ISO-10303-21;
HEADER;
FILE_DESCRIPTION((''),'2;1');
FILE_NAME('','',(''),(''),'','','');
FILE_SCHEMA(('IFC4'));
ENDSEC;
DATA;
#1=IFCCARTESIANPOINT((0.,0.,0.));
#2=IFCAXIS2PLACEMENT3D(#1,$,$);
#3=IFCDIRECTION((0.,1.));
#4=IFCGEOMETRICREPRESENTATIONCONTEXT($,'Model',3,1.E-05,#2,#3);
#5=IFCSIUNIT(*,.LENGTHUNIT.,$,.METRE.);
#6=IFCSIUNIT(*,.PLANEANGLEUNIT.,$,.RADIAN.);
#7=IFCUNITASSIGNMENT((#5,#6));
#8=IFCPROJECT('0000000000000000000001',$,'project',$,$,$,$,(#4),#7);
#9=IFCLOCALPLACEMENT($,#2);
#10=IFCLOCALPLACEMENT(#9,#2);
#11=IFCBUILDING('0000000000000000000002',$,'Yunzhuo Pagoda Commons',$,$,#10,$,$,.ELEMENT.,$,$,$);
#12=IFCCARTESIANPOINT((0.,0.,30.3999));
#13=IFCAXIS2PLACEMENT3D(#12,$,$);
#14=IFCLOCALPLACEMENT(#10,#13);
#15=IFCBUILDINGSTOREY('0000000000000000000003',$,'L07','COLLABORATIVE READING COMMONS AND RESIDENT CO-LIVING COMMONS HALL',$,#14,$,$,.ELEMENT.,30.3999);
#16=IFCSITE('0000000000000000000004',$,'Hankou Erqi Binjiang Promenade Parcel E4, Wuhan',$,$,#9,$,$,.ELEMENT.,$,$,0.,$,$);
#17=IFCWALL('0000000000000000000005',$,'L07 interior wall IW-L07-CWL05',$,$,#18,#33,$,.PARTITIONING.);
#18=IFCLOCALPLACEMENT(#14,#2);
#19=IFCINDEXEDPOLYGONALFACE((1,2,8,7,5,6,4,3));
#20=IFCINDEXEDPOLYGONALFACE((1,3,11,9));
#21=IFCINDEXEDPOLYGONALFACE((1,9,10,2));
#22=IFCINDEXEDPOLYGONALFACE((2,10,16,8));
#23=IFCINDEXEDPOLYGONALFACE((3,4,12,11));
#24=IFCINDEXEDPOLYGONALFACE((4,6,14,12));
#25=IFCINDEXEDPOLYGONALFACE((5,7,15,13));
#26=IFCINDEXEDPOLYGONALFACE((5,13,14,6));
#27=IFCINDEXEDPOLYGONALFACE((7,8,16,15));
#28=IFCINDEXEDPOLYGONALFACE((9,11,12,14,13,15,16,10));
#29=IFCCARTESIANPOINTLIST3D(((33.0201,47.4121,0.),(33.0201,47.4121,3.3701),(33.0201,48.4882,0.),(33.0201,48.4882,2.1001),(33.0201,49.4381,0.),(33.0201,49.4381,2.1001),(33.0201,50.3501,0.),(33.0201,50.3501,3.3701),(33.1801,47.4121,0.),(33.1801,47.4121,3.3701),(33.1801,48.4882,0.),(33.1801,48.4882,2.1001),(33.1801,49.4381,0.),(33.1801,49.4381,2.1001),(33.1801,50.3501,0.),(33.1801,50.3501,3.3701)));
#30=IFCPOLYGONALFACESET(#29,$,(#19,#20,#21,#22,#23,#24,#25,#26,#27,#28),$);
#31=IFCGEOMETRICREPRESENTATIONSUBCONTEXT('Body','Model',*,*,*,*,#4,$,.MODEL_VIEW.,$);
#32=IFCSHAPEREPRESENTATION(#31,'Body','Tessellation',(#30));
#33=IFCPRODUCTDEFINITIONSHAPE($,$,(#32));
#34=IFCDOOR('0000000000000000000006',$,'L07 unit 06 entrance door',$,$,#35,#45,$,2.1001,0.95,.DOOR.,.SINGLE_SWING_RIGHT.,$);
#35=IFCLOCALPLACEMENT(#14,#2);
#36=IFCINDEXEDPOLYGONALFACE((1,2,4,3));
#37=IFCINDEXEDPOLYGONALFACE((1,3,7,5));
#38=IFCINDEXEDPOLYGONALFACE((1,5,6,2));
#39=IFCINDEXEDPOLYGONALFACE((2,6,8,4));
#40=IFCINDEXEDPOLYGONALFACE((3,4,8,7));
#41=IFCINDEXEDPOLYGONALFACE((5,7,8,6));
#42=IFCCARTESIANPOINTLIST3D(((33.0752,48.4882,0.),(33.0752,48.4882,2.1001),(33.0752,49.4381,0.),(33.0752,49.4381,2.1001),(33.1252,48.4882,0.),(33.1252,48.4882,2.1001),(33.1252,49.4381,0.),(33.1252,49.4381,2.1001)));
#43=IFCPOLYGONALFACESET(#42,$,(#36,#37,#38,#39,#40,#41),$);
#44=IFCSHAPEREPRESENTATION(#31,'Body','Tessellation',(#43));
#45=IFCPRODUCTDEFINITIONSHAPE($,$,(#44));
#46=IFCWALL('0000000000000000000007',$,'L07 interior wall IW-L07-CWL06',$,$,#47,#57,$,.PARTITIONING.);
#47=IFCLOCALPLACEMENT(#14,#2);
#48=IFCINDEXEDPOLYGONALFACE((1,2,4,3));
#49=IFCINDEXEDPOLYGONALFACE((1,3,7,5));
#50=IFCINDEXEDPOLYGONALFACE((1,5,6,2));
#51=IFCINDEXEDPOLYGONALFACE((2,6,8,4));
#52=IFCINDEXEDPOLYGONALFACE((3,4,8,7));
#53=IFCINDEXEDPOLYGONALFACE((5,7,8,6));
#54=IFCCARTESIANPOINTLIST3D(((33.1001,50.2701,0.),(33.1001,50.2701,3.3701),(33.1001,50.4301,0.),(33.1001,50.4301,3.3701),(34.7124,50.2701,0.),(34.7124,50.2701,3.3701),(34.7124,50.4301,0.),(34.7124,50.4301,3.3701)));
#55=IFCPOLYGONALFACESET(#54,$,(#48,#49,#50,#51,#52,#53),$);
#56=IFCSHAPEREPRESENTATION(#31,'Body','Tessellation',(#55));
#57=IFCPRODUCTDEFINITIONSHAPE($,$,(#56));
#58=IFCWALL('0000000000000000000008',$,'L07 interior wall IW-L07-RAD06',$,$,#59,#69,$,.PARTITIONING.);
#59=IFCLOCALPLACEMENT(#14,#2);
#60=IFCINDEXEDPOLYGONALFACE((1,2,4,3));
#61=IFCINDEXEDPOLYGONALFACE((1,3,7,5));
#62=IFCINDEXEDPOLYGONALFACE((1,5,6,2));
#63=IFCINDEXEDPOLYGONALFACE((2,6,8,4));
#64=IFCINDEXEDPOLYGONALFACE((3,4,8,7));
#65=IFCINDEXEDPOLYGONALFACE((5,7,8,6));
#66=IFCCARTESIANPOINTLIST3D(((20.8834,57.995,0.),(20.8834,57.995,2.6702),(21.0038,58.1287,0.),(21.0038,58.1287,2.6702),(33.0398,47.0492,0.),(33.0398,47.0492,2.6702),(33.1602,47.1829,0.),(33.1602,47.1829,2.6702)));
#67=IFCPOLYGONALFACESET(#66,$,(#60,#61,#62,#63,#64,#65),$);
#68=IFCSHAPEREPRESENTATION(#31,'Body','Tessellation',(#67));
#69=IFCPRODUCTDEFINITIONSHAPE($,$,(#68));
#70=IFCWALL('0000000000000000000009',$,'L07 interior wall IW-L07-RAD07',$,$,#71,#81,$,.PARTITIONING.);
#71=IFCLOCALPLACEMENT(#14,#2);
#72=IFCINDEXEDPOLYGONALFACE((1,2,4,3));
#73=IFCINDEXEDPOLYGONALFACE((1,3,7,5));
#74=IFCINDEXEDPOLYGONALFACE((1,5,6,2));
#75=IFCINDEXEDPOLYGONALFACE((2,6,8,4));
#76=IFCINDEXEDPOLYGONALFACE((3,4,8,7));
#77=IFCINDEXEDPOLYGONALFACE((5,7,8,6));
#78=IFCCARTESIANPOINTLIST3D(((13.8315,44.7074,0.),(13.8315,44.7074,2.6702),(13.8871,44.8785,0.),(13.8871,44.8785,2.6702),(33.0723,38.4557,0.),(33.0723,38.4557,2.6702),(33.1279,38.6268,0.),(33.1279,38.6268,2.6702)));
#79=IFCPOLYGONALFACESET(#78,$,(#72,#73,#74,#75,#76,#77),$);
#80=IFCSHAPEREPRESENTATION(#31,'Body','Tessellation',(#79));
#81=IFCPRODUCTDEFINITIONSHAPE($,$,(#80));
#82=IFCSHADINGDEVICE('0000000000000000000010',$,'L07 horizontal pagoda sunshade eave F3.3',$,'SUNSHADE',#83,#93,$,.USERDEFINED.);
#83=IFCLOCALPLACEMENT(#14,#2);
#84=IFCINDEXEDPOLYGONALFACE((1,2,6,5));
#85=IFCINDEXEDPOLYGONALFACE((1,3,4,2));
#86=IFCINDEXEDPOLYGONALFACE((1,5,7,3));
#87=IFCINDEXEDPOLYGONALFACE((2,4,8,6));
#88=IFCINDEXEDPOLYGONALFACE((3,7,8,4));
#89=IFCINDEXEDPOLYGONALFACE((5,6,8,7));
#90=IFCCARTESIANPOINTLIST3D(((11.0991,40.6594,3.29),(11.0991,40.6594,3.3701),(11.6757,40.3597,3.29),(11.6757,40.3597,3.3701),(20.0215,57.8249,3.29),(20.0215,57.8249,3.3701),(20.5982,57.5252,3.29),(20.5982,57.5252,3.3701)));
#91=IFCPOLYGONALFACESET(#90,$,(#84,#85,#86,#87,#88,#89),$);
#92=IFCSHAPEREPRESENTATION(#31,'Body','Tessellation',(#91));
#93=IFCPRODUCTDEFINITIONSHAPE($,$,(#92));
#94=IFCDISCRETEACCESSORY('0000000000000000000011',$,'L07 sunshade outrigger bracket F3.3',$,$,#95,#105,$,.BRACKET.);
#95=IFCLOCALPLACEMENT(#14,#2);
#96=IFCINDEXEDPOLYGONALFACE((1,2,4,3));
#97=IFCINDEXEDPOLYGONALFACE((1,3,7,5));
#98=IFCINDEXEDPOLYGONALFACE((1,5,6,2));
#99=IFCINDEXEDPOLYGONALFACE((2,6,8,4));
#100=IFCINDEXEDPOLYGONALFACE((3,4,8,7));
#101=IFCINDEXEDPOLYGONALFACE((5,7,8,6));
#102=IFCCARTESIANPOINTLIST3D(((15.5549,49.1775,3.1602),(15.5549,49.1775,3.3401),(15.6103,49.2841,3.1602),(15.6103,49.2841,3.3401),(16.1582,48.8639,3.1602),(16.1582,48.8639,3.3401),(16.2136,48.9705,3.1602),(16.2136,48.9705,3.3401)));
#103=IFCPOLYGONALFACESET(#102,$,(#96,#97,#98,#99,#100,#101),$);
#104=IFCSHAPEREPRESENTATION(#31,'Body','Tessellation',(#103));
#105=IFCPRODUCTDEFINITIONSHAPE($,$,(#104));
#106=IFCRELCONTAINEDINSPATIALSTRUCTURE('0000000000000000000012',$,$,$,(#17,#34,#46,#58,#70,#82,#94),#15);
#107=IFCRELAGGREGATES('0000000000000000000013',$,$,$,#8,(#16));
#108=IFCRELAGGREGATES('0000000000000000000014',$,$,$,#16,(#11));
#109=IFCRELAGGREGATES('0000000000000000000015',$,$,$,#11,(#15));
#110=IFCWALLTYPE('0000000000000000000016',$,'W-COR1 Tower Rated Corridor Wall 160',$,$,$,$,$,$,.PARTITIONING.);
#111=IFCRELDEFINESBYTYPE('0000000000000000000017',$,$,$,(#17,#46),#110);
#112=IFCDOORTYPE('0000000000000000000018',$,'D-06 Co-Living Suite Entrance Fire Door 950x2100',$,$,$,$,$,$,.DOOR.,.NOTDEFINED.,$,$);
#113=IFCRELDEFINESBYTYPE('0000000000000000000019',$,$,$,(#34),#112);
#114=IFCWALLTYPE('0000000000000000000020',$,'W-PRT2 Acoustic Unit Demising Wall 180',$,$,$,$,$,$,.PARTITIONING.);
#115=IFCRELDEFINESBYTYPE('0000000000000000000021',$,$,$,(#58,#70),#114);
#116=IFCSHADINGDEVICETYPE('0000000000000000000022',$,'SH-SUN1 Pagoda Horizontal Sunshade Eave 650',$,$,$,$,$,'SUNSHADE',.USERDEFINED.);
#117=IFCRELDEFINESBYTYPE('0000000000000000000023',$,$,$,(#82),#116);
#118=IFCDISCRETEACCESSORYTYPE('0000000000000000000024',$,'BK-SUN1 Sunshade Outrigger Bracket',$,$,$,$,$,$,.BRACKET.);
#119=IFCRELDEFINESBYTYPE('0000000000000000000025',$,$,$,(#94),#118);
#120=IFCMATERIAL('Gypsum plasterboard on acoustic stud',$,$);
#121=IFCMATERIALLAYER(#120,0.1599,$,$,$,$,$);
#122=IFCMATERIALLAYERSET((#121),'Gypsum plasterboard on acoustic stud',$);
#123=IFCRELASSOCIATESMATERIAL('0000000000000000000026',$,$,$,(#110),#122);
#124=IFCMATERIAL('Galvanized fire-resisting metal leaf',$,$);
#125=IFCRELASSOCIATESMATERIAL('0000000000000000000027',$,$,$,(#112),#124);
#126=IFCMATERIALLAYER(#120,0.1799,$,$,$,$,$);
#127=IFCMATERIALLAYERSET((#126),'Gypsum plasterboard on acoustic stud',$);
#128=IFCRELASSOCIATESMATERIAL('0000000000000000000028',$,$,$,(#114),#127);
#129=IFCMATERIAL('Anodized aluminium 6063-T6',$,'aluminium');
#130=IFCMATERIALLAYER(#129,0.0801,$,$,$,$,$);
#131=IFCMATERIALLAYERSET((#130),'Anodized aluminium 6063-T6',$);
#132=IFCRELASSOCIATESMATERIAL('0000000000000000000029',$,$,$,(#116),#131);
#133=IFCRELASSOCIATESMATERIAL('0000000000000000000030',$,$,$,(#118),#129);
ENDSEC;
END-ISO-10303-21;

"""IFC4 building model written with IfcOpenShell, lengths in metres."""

from ifc_helpers import new_model, si_unit, direction, frame, frame_2d, origin, origin_with_axes, origin_2d, place, context, subcontext, project, spatial, rectangle, extrude, source, transform, mapped, material, layer, layer_set, type_object, element, fill, save


model = new_model("IFC4")

# Units and contexts
model_context = context("Model", 3, precision=1e-05, world=origin(), true_north=direction((0.0, 1.0)))
body_context = subcontext(model_context, "Body", "Model", "MODEL_VIEW")
ifc_project = project(units=[si_unit("LENGTHUNIT", "METRE"), si_unit("PLANEANGLEUNIT", "RADIAN")], contexts=[model_context])

# Site, building, storey
site_placement = place(None, origin())
site = spatial("IfcSite", under=ifc_project, at=site_placement, Name="Hankou Erqi Binjiang Promenade Parcel E4, Wuhan", CompositionType="ELEMENT", RefElevation=0.0)
building_placement = place(site_placement, origin())
building = spatial("IfcBuilding", under=site, at=building_placement, Name="Yunzhuo Pagoda Commons", CompositionType="ELEMENT")
storey_placement = place(building_placement, frame((0.0, 0.0, 30.3999)))
storey = spatial("IfcBuildingStorey", under=building, at=storey_placement, Name="L07", Description="COLLABORATIVE READING COMMONS AND RESIDENT CO-LIVING COMMONS HALL", CompositionType="ELEMENT", Elevation=30.3999)

# Shared definitions
ifc_material_1 = material(Name="Anodized aluminium 6063-T6", Category="aluminium")

# Wall, opening, door
ifc_material_2 = material(Name="Gypsum plasterboard on acoustic stud")
ifc_layer_1 = layer(ifc_material_2, 0.1599)
ifc_layer_set_1 = layer_set([ifc_layer_1], Name="Gypsum plasterboard on acoustic stud")
wall_type_1 = type_object("IfcWallType", Name="W-COR1 Tower Rated Corridor Wall 160", PredefinedType="PARTITIONING", material=ifc_layer_set_1)
ifc_material_3 = material(Name="Galvanized fire-resisting metal leaf")
door_type = type_object("IfcDoorType", Name="D-06 Co-Living Suite Entrance Fire Door 950x2100", OperationType="NOTDEFINED", PredefinedType="DOOR", material=ifc_material_3)
shared_shape_1 = source(origin(), body_context, "Body", "SweptSolid", [
    extrude(rectangle(XDim=0.95, YDim=2.1001, at=frame_2d((0.4751, 1.05))), frame((0.0, 0.0249, 0.0), z_axis=(0.0, -1.0, 0.0), x_axis=(1.0, 0.0, 0.0)), (0.0, 0.0, 1.0), 0.05),
])
wall_1_placement = place(storey_placement, frame((33.1001, 47.4121, 0.0), z_axis=(0.0, 0.0, 1.0), x_axis=(0.0, 1.0, 0.0)))
wall_1 = element("IfcWall", 1, at=wall_1_placement, inside=storey, type_object=wall_type_1, Name="L07 interior wall IW-L07-CWL05", PredefinedType="PARTITIONING", context=body_context, shape_type="SweptSolid", body=[
    extrude(rectangle(XDim=2.938, YDim=0.1599, at=frame_2d((1.469, 0.0))), origin(), (0.0, 0.0, 1.0), 3.3701),
])
opening_1_placement = place(wall_1_placement, frame((1.0759, 0.0, 0.0)))
opening_1 = element("IfcOpeningElement", 2, at=opening_1_placement, cuts=wall_1, PredefinedType="OPENING", context=body_context, shape_type="SweptSolid", body=[
    extrude(rectangle(XDim=0.95, YDim=2.1001, at=frame_2d((0.4751, 1.05))), frame((0.0, 0.0898, 0.0), z_axis=(0.0, -1.0, 0.0), x_axis=(1.0, 0.0, 0.0)), (0.0, 0.0, 1.0), 0.1799),
])
door_1_placement = place(opening_1_placement, origin_with_axes())
door_1 = element("IfcDoor", 3, at=door_1_placement, inside=storey, type_object=door_type, Name="L07 unit 06 entrance door", OperationType="SINGLE_SWING_RIGHT", OverallHeight=2.1001, OverallWidth=0.95, PredefinedType="DOOR", context=body_context, shape_type="MappedRepresentation", body=[
    mapped(shared_shape_1, transform((0.0, 0.0, 0.0), scale=1.0)),
])
fill(opening_1, door_1)

# Walls
wall_2_placement = place(storey_placement, frame((33.1001, 50.3501, 0.0), z_axis=(0.0, 0.0, 1.0), x_axis=(1.0, 0.0, 0.0)))
element("IfcWall", 4, at=wall_2_placement, inside=storey, type_object=wall_type_1, Name="L07 interior wall IW-L07-CWL06", PredefinedType="PARTITIONING", context=body_context, shape_type="SweptSolid", body=[
    extrude(rectangle(XDim=1.6123, YDim=0.1599, at=frame_2d((0.8062, 0.0))), origin(), (0.0, 0.0, 1.0), 3.3701),
])
ifc_layer_2 = layer(ifc_material_2, 0.1799)
ifc_layer_set_2 = layer_set([ifc_layer_2], Name="Gypsum plasterboard on acoustic stud")
wall_type_2 = type_object("IfcWallType", Name="W-PRT2 Acoustic Unit Demising Wall 180", PredefinedType="PARTITIONING", material=ifc_layer_set_2)
wall_3_placement = place(storey_placement, frame((33.1001, 47.116, 0.0), z_axis=(0.0, 0.0, 1.0), x_axis=(-0.743143, 0.669132, 0.0)))
element("IfcWall", 5, at=wall_3_placement, inside=storey, type_object=wall_type_2, Name="L07 interior wall IW-L07-RAD06", PredefinedType="PARTITIONING", context=body_context, shape_type="SweptSolid", body=[
    extrude(rectangle(XDim=16.3582, YDim=0.1799, at=frame_2d((8.1792, 0.0))), origin(), (0.0, 0.0, 1.0), 2.6702),
])
wall_4_placement = place(storey_placement, frame((33.1001, 38.5413, 0.0), z_axis=(0.0, 0.0, 1.0), x_axis=(-0.951056, 0.309018, 0.0)))
element("IfcWall", 6, at=wall_4_placement, inside=storey, type_object=wall_type_2, Name="L07 interior wall IW-L07-RAD07", PredefinedType="PARTITIONING", context=body_context, shape_type="SweptSolid", body=[
    extrude(rectangle(XDim=20.231, YDim=0.1799, at=frame_2d((10.1155, 0.0))), origin(), (0.0, 0.0, 1.0), 2.6702),
])

# Shading device
ifc_layer_3 = layer(ifc_material_1, 0.0801)
ifc_layer_set_3 = layer_set([ifc_layer_3], Name="Anodized aluminium 6063-T6")
shading_device_type = type_object("IfcShadingDeviceType", Name="SH-SUN1 Pagoda Horizontal Sunshade Eave 650", ElementType="SUNSHADE", PredefinedType="USERDEFINED", material=ifc_layer_set_3)
shared_shape_2 = source(origin(), body_context, "Body", "SweptSolid", [
    extrude(rectangle(XDim=19.3459, YDim=0.6499, at=origin_2d()), origin(), (0.0, 0.0, 1.0), 0.0801),
])
shading_device_placement = place(storey_placement, frame((15.8486, 49.0923, 3.29), z_axis=(0.0, 0.0, 1.0), x_axis=(-0.461207, -0.887293, 0.0)))
element("IfcShadingDevice", 7, at=shading_device_placement, inside=storey, type_object=shading_device_type, Name="L07 horizontal pagoda sunshade eave F3.3", ObjectType="SUNSHADE", PredefinedType="USERDEFINED", context=body_context, shape_type="MappedRepresentation", body=[
    mapped(shared_shape_2, transform((0.0, 0.0, 0.0), scale=1.0)),
])

# Discrete accessory
discrete_accessory_type = type_object("IfcDiscreteAccessoryType", Name="BK-SUN1 Sunshade Outrigger Bracket", PredefinedType="BRACKET", material=ifc_material_1)
shared_shape_3 = source(origin(), body_context, "Body", "SweptSolid", [
    extrude(rectangle(XDim=0.1201, YDim=0.6799, at=origin_2d()), origin(), (0.0, 0.0, 1.0), 0.1799),
])
discrete_accessory_placement = place(storey_placement, frame((15.8843, 49.074, 3.1602), z_axis=(0.0, 0.0, 1.0), x_axis=(-0.461207, -0.887293, 0.0)))
element("IfcDiscreteAccessory", 8, at=discrete_accessory_placement, inside=storey, type_object=discrete_accessory_type, Name="L07 sunshade outrigger bracket F3.3", PredefinedType="BRACKET", context=body_context, shape_type="MappedRepresentation", body=[
    mapped(shared_shape_3, transform((0.0, 0.0, 0.0), scale=1.0)),
])

save(model, "model.ifc")
